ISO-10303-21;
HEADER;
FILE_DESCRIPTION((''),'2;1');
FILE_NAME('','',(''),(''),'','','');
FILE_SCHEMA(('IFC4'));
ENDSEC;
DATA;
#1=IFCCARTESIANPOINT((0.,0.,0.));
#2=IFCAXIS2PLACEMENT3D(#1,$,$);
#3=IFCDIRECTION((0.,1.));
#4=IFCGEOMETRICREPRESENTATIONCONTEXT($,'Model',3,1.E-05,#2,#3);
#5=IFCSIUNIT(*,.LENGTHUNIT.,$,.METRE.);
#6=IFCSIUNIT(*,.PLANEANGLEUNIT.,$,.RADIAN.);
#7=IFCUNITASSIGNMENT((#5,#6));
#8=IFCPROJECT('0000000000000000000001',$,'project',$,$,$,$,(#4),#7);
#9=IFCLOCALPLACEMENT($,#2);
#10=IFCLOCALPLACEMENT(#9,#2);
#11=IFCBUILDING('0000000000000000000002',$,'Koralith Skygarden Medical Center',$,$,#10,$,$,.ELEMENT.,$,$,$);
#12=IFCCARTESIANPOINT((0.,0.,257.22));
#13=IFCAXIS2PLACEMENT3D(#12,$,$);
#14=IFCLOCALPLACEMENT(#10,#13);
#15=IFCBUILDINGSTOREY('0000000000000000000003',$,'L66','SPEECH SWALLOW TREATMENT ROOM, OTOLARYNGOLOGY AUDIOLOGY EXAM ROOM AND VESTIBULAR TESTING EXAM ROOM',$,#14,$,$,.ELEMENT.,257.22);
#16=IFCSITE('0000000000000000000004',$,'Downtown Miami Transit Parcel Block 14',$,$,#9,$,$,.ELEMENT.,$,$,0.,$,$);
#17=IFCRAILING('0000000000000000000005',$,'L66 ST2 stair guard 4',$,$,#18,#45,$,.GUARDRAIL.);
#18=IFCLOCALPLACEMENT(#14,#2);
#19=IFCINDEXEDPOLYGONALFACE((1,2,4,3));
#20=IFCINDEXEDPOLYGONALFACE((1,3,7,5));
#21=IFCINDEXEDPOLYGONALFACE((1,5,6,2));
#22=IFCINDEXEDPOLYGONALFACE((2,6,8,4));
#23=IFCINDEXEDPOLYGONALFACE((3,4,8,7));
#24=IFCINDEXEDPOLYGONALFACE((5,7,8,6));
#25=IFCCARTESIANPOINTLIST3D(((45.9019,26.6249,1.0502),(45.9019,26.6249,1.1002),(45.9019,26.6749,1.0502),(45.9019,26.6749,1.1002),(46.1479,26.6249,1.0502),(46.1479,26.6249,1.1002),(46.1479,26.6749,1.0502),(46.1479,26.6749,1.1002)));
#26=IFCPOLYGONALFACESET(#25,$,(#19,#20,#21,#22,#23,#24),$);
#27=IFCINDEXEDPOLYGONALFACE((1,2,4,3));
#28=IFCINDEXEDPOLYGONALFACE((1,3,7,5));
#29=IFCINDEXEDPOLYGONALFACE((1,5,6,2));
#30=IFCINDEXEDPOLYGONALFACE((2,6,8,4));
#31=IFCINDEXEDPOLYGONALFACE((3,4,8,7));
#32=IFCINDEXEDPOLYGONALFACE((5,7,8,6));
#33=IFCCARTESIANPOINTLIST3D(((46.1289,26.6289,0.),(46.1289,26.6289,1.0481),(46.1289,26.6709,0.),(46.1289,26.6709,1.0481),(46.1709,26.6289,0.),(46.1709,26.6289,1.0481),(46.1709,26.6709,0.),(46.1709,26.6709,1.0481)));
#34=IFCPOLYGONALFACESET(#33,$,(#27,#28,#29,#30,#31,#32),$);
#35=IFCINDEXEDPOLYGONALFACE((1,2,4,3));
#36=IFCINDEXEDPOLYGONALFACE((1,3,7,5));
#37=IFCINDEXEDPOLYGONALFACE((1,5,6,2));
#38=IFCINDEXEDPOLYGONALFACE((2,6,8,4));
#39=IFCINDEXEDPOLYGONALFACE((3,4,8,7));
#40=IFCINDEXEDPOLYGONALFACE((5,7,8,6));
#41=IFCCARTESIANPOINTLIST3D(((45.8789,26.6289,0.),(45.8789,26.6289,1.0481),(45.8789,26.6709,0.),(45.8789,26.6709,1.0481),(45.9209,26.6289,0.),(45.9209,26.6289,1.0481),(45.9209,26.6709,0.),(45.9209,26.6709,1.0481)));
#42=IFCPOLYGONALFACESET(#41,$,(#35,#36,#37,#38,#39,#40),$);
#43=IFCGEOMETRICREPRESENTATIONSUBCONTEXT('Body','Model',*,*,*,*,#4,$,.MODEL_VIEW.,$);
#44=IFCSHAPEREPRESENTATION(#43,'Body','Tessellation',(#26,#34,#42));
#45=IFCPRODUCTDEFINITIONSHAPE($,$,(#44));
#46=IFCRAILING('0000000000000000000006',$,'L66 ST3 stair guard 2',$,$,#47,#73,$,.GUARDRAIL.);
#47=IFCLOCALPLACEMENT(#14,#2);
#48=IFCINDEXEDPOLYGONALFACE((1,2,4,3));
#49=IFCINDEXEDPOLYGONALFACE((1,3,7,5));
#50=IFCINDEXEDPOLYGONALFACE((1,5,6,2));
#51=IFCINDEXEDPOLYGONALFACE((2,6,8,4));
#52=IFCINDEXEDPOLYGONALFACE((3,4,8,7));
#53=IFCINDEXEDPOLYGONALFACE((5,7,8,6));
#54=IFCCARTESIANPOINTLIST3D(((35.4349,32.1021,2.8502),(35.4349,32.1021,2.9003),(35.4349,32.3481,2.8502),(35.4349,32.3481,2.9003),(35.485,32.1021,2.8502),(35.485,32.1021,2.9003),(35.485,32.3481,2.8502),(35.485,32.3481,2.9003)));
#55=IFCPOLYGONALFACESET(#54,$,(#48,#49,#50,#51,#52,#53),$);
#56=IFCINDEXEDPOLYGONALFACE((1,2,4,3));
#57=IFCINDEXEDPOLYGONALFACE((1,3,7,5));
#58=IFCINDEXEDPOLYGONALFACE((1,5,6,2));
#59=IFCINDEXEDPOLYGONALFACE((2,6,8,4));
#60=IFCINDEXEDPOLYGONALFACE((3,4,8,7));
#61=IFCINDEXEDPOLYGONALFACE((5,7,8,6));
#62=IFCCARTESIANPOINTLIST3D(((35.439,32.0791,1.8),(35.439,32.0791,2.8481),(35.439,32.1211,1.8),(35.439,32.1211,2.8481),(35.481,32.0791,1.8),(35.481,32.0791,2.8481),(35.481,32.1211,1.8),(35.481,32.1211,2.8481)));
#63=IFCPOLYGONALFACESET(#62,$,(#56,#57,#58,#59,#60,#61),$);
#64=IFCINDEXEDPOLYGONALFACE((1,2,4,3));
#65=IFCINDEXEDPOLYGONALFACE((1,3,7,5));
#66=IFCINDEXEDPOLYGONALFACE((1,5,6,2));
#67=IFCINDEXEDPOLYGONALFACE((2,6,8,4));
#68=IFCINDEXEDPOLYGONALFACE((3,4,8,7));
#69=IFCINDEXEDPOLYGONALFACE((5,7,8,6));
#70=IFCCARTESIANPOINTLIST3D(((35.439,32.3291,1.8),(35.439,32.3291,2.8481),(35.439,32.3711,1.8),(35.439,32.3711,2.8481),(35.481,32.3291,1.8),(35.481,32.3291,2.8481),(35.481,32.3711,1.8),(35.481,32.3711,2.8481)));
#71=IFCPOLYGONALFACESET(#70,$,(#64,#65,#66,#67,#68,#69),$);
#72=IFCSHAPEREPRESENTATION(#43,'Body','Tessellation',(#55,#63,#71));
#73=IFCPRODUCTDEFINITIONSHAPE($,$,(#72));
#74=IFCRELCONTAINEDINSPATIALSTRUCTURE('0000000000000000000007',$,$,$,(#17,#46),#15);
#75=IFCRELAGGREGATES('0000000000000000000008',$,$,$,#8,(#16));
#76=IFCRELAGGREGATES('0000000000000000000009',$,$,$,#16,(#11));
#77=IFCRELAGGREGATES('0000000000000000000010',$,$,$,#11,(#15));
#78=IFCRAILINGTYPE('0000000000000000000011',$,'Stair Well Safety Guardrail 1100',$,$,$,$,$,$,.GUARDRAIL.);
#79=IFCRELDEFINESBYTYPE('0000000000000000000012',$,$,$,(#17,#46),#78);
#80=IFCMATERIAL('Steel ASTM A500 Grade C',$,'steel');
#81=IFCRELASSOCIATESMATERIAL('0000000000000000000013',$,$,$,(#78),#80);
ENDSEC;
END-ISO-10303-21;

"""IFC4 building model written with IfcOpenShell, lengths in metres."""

from ifc_helpers import new_model, si_unit, direction, frame, origin, origin_2d, place, context, subcontext, project, spatial, rectangle, extrude, material, type_object, element, save


model = new_model("IFC4")

# Units and contexts
model_context = context("Model", 3, precision=1e-05, world=origin(), true_north=direction((0.0, 1.0)))
body_context = subcontext(model_context, "Body", "Model", "MODEL_VIEW")
ifc_project = project(units=[si_unit("LENGTHUNIT", "METRE"), si_unit("PLANEANGLEUNIT", "RADIAN")], contexts=[model_context])

# Site, building, storey
site_placement = place(None, origin())
site = spatial("IfcSite", under=ifc_project, at=site_placement, Name="Downtown Miami Transit Parcel Block 14", CompositionType="ELEMENT", RefElevation=0.0)
building_placement = place(site_placement, origin())
building = spatial("IfcBuilding", under=site, at=building_placement, Name="Koralith Skygarden Medical Center", CompositionType="ELEMENT")
storey_placement = place(building_placement, frame((0.0, 0.0, 257.22)))
storey = spatial("IfcBuildingStorey", under=building, at=storey_placement, Name="L66", Description="SPEECH SWALLOW TREATMENT ROOM, OTOLARYNGOLOGY AUDIOLOGY EXAM ROOM AND VESTIBULAR TESTING EXAM ROOM", CompositionType="ELEMENT", Elevation=257.22)

# Railings
ifc_material_1 = material(Name="Steel ASTM A500 Grade C", Category="steel")
railing_type_1 = type_object("IfcRailingType", Name="Stair Well Safety Guardrail 1100", PredefinedType="GUARDRAIL", material=ifc_material_1)
railing_1_placement = place(storey_placement, frame((46.1499, 26.6499, 0.0)))
element("IfcRailing", 1, at=railing_1_placement, inside=storey, type_object=railing_type_1, Name="L66 ST2 stair guard 4", PredefinedType="GUARDRAIL", context=body_context, shape_type="SweptSolid", body=[
    extrude(rectangle(XDim=0.05, YDim=0.05, at=origin_2d()), frame((-0.002, 0.0, 1.0752), z_axis=(-1.0, 0.0, 0.0), x_axis=(0.0, -1.0, 0.0)), (0.0, 0.0, 1.0), 0.2461),
    extrude(rectangle(XDim=0.042, YDim=0.042, at=origin_2d()), origin(), (0.0, 0.0, 1.0), 1.0481),
    extrude(rectangle(XDim=0.042, YDim=0.042, at=origin_2d()), frame((-0.25, 0.0, 0.0)), (0.0, 0.0, 1.0), 1.0481),
])
railing_2_placement = place(storey_placement, frame((35.46, 32.1001, 1.8)))
element("IfcRailing", 2, at=railing_2_placement, inside=storey, type_object=railing_type_1, Name="L66 ST3 stair guard 2", PredefinedType="GUARDRAIL", context=body_context, shape_type="SweptSolid", body=[
    extrude(rectangle(XDim=0.05, YDim=0.05, at=origin_2d()), frame((0.0, 0.002, 1.0752), z_axis=(0.0, 1.0, 0.0), x_axis=(-1.0, 0.0, 0.0)), (0.0, 0.0, 1.0), 0.2461),
    extrude(rectangle(XDim=0.042, YDim=0.042, at=origin_2d()), origin(), (0.0, 0.0, 1.0), 1.0481),
    extrude(rectangle(XDim=0.042, YDim=0.042, at=origin_2d()), frame((0.0, 0.25, 0.0)), (0.0, 0.0, 1.0), 1.0481),
])

save(model, "model.ifc")
